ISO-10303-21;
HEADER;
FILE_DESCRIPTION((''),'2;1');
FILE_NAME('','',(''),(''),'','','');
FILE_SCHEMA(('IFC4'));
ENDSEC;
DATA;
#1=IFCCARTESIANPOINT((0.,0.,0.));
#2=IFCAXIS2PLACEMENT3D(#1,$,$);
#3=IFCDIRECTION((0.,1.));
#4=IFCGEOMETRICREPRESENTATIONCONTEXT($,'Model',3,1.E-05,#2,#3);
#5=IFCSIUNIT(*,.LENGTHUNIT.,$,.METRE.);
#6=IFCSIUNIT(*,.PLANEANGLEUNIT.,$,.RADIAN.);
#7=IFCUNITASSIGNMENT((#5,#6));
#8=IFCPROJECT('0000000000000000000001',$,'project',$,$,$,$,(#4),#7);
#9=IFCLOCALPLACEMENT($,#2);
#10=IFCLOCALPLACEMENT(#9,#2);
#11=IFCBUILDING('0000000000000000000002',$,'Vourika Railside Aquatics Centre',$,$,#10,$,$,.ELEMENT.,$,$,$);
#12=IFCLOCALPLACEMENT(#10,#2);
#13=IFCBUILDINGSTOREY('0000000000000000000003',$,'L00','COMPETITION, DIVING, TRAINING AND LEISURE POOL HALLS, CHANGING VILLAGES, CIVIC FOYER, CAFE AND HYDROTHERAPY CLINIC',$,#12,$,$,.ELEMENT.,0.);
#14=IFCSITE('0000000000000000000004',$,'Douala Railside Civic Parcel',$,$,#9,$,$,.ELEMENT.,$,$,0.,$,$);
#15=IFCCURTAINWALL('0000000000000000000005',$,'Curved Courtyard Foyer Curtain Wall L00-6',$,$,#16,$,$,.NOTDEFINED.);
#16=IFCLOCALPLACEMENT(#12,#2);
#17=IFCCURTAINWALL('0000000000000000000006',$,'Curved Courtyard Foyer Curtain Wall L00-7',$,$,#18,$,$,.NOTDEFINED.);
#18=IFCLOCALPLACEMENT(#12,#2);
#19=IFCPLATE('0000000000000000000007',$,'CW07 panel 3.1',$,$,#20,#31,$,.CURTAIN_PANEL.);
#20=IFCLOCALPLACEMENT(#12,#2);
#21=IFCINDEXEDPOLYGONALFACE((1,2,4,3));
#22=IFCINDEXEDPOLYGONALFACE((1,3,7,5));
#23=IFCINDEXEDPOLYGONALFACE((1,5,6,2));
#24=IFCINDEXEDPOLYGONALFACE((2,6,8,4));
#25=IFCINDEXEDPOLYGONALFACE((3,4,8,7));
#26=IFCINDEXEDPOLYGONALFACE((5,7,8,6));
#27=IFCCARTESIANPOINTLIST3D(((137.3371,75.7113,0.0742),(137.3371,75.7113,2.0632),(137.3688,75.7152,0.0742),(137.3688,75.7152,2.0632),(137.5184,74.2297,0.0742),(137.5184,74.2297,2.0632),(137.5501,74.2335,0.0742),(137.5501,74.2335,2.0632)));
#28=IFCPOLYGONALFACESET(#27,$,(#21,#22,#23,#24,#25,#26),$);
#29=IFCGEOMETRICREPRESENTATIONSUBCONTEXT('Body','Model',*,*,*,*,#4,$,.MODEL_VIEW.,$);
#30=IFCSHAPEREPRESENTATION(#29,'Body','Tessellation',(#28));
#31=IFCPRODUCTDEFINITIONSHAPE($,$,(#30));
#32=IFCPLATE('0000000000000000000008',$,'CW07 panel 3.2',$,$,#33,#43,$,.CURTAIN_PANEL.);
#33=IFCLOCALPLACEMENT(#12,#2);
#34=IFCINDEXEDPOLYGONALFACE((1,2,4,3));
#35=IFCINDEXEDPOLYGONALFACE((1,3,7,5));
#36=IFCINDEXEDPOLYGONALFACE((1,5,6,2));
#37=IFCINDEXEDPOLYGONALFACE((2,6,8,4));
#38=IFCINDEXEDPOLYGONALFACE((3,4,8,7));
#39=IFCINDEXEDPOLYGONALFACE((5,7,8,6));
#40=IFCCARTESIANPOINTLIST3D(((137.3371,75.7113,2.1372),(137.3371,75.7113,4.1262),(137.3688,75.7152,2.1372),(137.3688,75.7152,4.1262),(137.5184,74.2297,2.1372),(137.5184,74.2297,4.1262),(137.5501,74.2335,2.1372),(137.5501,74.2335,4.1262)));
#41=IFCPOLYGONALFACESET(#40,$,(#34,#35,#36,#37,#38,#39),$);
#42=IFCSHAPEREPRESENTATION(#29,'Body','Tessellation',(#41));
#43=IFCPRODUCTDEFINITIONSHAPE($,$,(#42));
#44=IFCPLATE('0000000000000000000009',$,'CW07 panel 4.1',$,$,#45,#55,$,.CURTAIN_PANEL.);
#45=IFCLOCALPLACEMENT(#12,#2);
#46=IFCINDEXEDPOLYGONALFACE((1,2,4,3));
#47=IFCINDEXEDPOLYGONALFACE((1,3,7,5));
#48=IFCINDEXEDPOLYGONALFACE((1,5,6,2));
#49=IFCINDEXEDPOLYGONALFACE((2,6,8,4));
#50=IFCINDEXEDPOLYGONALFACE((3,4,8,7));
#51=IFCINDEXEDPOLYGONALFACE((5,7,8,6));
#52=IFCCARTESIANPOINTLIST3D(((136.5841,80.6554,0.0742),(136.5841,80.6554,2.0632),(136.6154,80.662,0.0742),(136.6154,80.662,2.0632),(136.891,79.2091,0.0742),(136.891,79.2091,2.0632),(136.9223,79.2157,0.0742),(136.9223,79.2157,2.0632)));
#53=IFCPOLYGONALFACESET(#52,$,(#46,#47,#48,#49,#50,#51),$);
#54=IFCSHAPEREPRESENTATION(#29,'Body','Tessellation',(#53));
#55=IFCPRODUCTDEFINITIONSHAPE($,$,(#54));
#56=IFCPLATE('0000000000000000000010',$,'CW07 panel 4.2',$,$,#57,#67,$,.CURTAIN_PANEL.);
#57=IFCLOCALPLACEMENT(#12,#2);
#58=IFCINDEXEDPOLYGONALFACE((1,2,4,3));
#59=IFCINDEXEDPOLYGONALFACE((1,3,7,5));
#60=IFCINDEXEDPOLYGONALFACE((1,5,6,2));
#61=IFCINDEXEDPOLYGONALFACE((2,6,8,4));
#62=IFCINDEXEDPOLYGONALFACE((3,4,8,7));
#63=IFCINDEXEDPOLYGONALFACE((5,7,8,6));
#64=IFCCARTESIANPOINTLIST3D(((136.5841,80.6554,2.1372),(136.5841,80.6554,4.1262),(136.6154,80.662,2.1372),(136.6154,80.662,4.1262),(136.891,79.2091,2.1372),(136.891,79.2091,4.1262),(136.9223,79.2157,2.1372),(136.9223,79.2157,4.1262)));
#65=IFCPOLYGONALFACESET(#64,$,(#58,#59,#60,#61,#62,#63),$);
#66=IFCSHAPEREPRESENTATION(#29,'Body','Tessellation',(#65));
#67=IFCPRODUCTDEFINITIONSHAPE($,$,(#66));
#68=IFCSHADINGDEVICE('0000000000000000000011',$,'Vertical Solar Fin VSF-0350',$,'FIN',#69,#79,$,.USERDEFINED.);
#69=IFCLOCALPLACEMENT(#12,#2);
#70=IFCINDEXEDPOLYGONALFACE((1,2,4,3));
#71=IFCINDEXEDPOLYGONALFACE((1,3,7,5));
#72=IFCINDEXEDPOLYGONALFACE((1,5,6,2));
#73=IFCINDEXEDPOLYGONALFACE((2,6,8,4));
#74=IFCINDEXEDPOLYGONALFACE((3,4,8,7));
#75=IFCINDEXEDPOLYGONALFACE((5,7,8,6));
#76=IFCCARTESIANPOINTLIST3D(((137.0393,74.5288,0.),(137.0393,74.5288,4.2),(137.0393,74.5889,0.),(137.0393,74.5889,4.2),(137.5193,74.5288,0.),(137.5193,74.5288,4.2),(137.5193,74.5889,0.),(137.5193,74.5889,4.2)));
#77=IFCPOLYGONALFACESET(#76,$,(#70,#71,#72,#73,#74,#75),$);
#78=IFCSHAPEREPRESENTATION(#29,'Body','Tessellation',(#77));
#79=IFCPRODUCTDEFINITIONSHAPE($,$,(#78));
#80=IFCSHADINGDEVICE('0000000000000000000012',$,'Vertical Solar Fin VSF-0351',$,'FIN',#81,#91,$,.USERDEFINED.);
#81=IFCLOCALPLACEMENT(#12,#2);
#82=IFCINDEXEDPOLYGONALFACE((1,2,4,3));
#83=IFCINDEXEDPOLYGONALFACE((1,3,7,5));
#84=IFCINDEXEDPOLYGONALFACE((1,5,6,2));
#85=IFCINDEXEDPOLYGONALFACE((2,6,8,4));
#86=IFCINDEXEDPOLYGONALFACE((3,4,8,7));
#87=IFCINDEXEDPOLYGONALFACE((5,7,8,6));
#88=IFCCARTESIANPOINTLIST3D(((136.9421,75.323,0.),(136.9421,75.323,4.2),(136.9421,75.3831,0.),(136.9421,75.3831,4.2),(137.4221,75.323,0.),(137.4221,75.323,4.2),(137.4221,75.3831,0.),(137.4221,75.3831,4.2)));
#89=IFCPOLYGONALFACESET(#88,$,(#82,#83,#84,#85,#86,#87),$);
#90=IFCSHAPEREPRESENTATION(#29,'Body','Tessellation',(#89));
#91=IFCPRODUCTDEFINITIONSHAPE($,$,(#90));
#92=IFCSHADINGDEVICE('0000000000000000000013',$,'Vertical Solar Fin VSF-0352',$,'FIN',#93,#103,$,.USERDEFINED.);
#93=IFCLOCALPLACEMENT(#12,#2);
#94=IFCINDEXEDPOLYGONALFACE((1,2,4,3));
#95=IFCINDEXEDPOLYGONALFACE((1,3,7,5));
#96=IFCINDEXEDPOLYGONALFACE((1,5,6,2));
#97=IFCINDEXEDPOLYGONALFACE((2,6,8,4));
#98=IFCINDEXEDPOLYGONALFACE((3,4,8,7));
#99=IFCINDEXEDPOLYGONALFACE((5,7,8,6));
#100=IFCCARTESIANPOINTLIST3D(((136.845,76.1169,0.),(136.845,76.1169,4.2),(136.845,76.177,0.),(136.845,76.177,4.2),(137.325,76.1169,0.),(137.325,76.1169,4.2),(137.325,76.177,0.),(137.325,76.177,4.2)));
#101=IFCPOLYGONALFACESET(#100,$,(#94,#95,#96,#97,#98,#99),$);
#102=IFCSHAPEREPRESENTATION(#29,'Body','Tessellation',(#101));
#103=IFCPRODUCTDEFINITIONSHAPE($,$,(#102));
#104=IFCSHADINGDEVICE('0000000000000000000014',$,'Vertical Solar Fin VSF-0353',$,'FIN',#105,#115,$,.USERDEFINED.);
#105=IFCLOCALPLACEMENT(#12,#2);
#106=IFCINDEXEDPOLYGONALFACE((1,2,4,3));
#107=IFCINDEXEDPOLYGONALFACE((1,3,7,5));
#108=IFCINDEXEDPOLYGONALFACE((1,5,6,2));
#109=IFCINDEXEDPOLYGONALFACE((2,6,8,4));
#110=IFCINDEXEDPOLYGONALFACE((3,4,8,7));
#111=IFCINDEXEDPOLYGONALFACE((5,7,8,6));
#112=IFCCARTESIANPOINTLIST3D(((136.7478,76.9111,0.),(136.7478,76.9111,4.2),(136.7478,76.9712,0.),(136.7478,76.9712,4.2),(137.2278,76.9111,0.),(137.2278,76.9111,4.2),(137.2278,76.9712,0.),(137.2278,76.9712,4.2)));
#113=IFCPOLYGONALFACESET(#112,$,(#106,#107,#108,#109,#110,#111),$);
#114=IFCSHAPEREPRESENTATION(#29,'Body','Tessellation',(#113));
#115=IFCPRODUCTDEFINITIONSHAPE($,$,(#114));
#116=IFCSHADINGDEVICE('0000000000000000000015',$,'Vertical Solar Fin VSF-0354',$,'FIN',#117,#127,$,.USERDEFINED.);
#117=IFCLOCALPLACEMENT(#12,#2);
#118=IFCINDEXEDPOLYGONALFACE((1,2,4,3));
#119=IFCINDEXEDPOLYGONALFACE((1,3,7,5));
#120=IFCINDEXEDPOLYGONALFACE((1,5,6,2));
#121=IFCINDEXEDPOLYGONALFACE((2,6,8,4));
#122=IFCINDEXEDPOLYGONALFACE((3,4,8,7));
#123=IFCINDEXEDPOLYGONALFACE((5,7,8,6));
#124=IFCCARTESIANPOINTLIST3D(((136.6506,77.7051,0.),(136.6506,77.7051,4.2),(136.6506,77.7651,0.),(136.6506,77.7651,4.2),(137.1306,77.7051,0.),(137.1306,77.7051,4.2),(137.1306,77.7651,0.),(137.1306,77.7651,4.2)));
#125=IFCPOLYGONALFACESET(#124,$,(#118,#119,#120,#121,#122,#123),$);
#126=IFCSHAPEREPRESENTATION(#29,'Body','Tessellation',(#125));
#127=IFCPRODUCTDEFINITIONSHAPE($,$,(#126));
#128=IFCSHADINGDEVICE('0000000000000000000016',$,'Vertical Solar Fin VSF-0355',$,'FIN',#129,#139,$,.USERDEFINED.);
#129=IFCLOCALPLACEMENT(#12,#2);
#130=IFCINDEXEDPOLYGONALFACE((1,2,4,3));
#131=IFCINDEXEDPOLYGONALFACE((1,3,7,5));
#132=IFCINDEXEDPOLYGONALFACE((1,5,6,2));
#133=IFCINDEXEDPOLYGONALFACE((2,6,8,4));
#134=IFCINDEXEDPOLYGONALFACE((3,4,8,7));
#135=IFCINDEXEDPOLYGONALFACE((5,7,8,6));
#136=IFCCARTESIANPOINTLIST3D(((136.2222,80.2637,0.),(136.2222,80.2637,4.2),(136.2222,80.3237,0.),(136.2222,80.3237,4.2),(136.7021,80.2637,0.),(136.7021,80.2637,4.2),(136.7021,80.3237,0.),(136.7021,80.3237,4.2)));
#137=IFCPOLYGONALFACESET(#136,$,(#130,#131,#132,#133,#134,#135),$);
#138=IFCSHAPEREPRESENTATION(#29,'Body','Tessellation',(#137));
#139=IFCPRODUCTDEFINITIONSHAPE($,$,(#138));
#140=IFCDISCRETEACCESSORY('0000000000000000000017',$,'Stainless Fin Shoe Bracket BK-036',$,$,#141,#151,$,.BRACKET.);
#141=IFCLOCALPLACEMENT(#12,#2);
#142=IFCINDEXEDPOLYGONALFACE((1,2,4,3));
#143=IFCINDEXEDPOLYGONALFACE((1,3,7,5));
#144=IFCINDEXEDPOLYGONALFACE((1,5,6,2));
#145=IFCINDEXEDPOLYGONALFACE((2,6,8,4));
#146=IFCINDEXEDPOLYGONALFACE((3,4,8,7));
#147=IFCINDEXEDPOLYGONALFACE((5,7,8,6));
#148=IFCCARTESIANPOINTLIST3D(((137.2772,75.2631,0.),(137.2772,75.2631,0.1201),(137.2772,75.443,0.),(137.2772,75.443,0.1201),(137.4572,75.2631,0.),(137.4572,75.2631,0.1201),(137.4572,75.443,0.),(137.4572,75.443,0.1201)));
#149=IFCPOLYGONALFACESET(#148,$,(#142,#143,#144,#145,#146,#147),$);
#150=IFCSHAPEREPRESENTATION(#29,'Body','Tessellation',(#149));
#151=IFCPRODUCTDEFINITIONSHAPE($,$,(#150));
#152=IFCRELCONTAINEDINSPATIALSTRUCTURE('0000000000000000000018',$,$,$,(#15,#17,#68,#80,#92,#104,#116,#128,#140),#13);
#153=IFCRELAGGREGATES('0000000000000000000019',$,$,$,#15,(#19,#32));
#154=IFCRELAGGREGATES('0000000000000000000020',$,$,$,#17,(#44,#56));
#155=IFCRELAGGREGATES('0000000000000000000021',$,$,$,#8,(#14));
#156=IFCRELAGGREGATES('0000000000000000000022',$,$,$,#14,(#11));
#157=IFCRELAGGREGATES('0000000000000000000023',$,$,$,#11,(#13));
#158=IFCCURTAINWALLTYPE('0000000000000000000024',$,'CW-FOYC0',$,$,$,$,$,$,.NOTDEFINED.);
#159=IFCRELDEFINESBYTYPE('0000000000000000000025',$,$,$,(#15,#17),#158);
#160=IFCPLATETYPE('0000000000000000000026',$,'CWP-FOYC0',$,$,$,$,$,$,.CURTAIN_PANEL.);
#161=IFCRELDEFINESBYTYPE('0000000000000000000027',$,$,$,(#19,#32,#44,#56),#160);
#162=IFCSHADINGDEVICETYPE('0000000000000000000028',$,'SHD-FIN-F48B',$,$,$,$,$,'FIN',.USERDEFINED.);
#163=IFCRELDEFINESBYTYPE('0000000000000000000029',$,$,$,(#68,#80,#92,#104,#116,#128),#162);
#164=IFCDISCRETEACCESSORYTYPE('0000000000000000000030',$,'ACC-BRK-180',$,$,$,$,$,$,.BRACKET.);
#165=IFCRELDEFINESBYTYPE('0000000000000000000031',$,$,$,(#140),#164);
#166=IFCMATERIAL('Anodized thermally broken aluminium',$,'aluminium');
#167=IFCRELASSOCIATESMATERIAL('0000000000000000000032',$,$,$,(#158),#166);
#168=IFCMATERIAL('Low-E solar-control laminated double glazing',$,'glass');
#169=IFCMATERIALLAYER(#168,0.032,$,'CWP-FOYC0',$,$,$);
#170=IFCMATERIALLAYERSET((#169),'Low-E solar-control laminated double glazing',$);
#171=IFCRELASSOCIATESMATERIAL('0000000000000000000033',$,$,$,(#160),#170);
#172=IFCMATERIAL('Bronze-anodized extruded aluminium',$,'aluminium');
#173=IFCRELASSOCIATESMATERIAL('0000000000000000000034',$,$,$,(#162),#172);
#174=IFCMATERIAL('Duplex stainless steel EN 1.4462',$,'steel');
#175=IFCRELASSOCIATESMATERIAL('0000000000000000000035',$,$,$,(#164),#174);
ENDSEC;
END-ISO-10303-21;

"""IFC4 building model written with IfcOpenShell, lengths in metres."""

from ifc_helpers import new_model, si_unit, direction, frame, origin, origin_2d, place, context, subcontext, project, spatial, rectangle, extrude, material, layer, layer_set, material_profile, profile_set, type_object, element, aggregate, save


model = new_model("IFC4")

# Units and contexts
model_context = context("Model", 3, precision=1e-05, world=origin(), true_north=direction((0.0, 1.0)))
body_context = subcontext(model_context, "Body", "Model", "MODEL_VIEW")
ifc_project = project(units=[si_unit("LENGTHUNIT", "METRE"), si_unit("PLANEANGLEUNIT", "RADIAN")], contexts=[model_context])

# Site, building, storey
site_placement = place(None, origin())
site = spatial("IfcSite", under=ifc_project, at=site_placement, Name="Douala Railside Civic Parcel", CompositionType="ELEMENT", RefElevation=0.0)
building_placement = place(site_placement, origin())
building = spatial("IfcBuilding", under=site, at=building_placement, Name="Vourika Railside Aquatics Centre", CompositionType="ELEMENT")
storey_placement = place(building_placement, origin())
storey = spatial("IfcBuildingStorey", under=building, at=storey_placement, Name="L00", Description="COMPETITION, DIVING, TRAINING AND LEISURE POOL HALLS, CHANGING VILLAGES, CIVIC FOYER, CAFE AND HYDROTHERAPY CLINIC", CompositionType="ELEMENT", Elevation=0.0)

# Curtain wall
ifc_material_1 = material(Name="Anodized thermally broken aluminium", Category="aluminium")
curtain_wall_type = type_object("IfcCurtainWallType", Name="CW-FOYC0", PredefinedType="NOTDEFINED", material=ifc_material_1)
curtain_wall_1_placement = place(storey_placement, origin())
curtain_wall_1 = element("IfcCurtainWall", 1, at=curtain_wall_1_placement, inside=storey, type_object=curtain_wall_type, Name="Curved Courtyard Foyer Curtain Wall L00-6", PredefinedType="NOTDEFINED")

# Curtain wall
curtain_wall_2_placement = place(storey_placement, origin())
curtain_wall_2 = element("IfcCurtainWall", 2, at=curtain_wall_2_placement, inside=storey, type_object=curtain_wall_type, Name="Curved Courtyard Foyer Curtain Wall L00-7", PredefinedType="NOTDEFINED")

# Plates
ifc_material_2 = material(Name="Low-E solar-control laminated double glazing", Category="glass")
ifc_layer = layer(ifc_material_2, 0.032, Name="CWP-FOYC0")
ifc_layer_set = layer_set([ifc_layer], Name="Low-E solar-control laminated double glazing")
plate_type = type_object("IfcPlateType", Name="CWP-FOYC0", PredefinedType="CURTAIN_PANEL", material=ifc_layer_set)
plate_1_placement = place(storey_placement, frame((137.4436, 74.9724, 0.0742), z_axis=(0.0, 0.0, 1.0), x_axis=(0.121442, -0.992599, 0.0)))
plate_1 = element("IfcPlate", 3, at=plate_1_placement, type_object=plate_type, Name="CW07 panel 3.1", PredefinedType="CURTAIN_PANEL", context=body_context, shape_type="SweptSolid", body=[
    extrude(rectangle(XDim=1.4927, YDim=0.032, at=origin_2d()), origin(), (0.0, 0.0, 1.0), 1.989),
])
plate_2_placement = place(storey_placement, frame((137.4436, 74.9724, 2.1372), z_axis=(0.0, 0.0, 1.0), x_axis=(0.121442, -0.992599, 0.0)))
plate_2 = element("IfcPlate", 4, at=plate_2_placement, type_object=plate_type, Name="CW07 panel 3.2", PredefinedType="CURTAIN_PANEL", context=body_context, shape_type="SweptSolid", body=[
    extrude(rectangle(XDim=1.4927, YDim=0.032, at=origin_2d()), origin(), (0.0, 0.0, 1.0), 1.989),
])
aggregate(curtain_wall_1, [plate_1, plate_2])
plate_3_placement = place(storey_placement, frame((136.7532, 79.9355, 0.0742), z_axis=(0.0, 0.0, 1.0), x_axis=(0.207595, -0.978215, 0.0)))
plate_3 = element("IfcPlate", 5, at=plate_3_placement, type_object=plate_type, Name="CW07 panel 4.1", PredefinedType="CURTAIN_PANEL", context=body_context, shape_type="SweptSolid", body=[
    extrude(rectangle(XDim=1.4785, YDim=0.032, at=origin_2d()), origin(), (0.0, 0.0, 1.0), 1.989),
])
plate_4_placement = place(storey_placement, frame((136.7532, 79.9355, 2.1372), z_axis=(0.0, 0.0, 1.0), x_axis=(0.207595, -0.978215, 0.0)))
plate_4 = element("IfcPlate", 6, at=plate_4_placement, type_object=plate_type, Name="CW07 panel 4.2", PredefinedType="CURTAIN_PANEL", context=body_context, shape_type="SweptSolid", body=[
    extrude(rectangle(XDim=1.4785, YDim=0.032, at=origin_2d()), origin(), (0.0, 0.0, 1.0), 1.989),
])
aggregate(curtain_wall_2, [plate_3, plate_4])

# Shading devices
ifc_material_3 = material(Name="Bronze-anodized extruded aluminium", Category="aluminium")
ifc_material_profile_1 = material_profile(ifc_material_3, rectangle(XDim=0.0601, YDim=0.48, at=origin_2d()), Name="ALU-FIN 60x480")
ifc_profile_set_1 = profile_set([ifc_material_profile_1], Name="Bronze-anodized extruded aluminium")
shading_device_type = type_object("IfcShadingDeviceType", Name="SHD-FIN-F48B", ElementType="FIN", PredefinedType="USERDEFINED", material=ifc_profile_set_1)
for number, where, z_axis, x_axis, name in (
    (7, (137.2793, 74.5588, 0.0), (0.0, 0.0, 1.0), (0.0, 1.0, 0.0), "Vertical Solar Fin VSF-0350"),
    (8, (137.1821, 75.353, 0.0), (0.0, 0.0, 1.0), (0.0, 1.0, 0.0), "Vertical Solar Fin VSF-0351"),
    (9, (137.085, 76.147, 0.0), (0.0, 0.0, 1.0), (0.0, 1.0, 0.0), "Vertical Solar Fin VSF-0352"),
    (10, (136.9878, 76.9412, 0.0), (0.0, 0.0, 1.0), (0.0, 1.0, 0.0), "Vertical Solar Fin VSF-0353"),
    (11, (136.8906, 77.7351, 0.0), (0.0, 0.0, 1.0), (0.0, 1.0, 0.0), "Vertical Solar Fin VSF-0354"),
    (12, (136.4622, 80.2937, 0.0), (0.0, 0.0, 1.0), (0.0, 1.0, 0.0), "Vertical Solar Fin VSF-0355"),
):
    element("IfcShadingDevice", number, at=place(storey_placement, frame(where, z_axis=z_axis, x_axis=x_axis)), inside=storey, type_object=shading_device_type, Name=name, ObjectType="FIN", PredefinedType="USERDEFINED", context=body_context, shape_type="SweptSolid", body=[
        extrude(rectangle(XDim=0.0601, YDim=0.48, at=origin_2d()), origin(), (0.0, 0.0, 1.0), 4.2),
    ])

# Discrete accessory
ifc_material_4 = material(Name="Duplex stainless steel EN 1.4462", Category="steel")
discrete_accessory_type = type_object("IfcDiscreteAccessoryType", Name="ACC-BRK-180", PredefinedType="BRACKET", material=ifc_material_4)
discrete_accessory_placement = place(storey_placement, frame((137.3672, 75.353, 0.0), z_axis=(0.0, 0.0, 1.0), x_axis=(-1.0, 0.0, 0.0)))
element("IfcDiscreteAccessory", 13, at=discrete_accessory_placement, inside=storey, type_object=discrete_accessory_type, Name="Stainless Fin Shoe Bracket BK-036", PredefinedType="BRACKET", context=body_context, shape_type="SweptSolid", body=[
    extrude(rectangle(XDim=0.1799, YDim=0.1799, at=origin_2d()), origin(), (0.0, 0.0, 1.0), 0.1201),
])

save(model, "model.ifc")
